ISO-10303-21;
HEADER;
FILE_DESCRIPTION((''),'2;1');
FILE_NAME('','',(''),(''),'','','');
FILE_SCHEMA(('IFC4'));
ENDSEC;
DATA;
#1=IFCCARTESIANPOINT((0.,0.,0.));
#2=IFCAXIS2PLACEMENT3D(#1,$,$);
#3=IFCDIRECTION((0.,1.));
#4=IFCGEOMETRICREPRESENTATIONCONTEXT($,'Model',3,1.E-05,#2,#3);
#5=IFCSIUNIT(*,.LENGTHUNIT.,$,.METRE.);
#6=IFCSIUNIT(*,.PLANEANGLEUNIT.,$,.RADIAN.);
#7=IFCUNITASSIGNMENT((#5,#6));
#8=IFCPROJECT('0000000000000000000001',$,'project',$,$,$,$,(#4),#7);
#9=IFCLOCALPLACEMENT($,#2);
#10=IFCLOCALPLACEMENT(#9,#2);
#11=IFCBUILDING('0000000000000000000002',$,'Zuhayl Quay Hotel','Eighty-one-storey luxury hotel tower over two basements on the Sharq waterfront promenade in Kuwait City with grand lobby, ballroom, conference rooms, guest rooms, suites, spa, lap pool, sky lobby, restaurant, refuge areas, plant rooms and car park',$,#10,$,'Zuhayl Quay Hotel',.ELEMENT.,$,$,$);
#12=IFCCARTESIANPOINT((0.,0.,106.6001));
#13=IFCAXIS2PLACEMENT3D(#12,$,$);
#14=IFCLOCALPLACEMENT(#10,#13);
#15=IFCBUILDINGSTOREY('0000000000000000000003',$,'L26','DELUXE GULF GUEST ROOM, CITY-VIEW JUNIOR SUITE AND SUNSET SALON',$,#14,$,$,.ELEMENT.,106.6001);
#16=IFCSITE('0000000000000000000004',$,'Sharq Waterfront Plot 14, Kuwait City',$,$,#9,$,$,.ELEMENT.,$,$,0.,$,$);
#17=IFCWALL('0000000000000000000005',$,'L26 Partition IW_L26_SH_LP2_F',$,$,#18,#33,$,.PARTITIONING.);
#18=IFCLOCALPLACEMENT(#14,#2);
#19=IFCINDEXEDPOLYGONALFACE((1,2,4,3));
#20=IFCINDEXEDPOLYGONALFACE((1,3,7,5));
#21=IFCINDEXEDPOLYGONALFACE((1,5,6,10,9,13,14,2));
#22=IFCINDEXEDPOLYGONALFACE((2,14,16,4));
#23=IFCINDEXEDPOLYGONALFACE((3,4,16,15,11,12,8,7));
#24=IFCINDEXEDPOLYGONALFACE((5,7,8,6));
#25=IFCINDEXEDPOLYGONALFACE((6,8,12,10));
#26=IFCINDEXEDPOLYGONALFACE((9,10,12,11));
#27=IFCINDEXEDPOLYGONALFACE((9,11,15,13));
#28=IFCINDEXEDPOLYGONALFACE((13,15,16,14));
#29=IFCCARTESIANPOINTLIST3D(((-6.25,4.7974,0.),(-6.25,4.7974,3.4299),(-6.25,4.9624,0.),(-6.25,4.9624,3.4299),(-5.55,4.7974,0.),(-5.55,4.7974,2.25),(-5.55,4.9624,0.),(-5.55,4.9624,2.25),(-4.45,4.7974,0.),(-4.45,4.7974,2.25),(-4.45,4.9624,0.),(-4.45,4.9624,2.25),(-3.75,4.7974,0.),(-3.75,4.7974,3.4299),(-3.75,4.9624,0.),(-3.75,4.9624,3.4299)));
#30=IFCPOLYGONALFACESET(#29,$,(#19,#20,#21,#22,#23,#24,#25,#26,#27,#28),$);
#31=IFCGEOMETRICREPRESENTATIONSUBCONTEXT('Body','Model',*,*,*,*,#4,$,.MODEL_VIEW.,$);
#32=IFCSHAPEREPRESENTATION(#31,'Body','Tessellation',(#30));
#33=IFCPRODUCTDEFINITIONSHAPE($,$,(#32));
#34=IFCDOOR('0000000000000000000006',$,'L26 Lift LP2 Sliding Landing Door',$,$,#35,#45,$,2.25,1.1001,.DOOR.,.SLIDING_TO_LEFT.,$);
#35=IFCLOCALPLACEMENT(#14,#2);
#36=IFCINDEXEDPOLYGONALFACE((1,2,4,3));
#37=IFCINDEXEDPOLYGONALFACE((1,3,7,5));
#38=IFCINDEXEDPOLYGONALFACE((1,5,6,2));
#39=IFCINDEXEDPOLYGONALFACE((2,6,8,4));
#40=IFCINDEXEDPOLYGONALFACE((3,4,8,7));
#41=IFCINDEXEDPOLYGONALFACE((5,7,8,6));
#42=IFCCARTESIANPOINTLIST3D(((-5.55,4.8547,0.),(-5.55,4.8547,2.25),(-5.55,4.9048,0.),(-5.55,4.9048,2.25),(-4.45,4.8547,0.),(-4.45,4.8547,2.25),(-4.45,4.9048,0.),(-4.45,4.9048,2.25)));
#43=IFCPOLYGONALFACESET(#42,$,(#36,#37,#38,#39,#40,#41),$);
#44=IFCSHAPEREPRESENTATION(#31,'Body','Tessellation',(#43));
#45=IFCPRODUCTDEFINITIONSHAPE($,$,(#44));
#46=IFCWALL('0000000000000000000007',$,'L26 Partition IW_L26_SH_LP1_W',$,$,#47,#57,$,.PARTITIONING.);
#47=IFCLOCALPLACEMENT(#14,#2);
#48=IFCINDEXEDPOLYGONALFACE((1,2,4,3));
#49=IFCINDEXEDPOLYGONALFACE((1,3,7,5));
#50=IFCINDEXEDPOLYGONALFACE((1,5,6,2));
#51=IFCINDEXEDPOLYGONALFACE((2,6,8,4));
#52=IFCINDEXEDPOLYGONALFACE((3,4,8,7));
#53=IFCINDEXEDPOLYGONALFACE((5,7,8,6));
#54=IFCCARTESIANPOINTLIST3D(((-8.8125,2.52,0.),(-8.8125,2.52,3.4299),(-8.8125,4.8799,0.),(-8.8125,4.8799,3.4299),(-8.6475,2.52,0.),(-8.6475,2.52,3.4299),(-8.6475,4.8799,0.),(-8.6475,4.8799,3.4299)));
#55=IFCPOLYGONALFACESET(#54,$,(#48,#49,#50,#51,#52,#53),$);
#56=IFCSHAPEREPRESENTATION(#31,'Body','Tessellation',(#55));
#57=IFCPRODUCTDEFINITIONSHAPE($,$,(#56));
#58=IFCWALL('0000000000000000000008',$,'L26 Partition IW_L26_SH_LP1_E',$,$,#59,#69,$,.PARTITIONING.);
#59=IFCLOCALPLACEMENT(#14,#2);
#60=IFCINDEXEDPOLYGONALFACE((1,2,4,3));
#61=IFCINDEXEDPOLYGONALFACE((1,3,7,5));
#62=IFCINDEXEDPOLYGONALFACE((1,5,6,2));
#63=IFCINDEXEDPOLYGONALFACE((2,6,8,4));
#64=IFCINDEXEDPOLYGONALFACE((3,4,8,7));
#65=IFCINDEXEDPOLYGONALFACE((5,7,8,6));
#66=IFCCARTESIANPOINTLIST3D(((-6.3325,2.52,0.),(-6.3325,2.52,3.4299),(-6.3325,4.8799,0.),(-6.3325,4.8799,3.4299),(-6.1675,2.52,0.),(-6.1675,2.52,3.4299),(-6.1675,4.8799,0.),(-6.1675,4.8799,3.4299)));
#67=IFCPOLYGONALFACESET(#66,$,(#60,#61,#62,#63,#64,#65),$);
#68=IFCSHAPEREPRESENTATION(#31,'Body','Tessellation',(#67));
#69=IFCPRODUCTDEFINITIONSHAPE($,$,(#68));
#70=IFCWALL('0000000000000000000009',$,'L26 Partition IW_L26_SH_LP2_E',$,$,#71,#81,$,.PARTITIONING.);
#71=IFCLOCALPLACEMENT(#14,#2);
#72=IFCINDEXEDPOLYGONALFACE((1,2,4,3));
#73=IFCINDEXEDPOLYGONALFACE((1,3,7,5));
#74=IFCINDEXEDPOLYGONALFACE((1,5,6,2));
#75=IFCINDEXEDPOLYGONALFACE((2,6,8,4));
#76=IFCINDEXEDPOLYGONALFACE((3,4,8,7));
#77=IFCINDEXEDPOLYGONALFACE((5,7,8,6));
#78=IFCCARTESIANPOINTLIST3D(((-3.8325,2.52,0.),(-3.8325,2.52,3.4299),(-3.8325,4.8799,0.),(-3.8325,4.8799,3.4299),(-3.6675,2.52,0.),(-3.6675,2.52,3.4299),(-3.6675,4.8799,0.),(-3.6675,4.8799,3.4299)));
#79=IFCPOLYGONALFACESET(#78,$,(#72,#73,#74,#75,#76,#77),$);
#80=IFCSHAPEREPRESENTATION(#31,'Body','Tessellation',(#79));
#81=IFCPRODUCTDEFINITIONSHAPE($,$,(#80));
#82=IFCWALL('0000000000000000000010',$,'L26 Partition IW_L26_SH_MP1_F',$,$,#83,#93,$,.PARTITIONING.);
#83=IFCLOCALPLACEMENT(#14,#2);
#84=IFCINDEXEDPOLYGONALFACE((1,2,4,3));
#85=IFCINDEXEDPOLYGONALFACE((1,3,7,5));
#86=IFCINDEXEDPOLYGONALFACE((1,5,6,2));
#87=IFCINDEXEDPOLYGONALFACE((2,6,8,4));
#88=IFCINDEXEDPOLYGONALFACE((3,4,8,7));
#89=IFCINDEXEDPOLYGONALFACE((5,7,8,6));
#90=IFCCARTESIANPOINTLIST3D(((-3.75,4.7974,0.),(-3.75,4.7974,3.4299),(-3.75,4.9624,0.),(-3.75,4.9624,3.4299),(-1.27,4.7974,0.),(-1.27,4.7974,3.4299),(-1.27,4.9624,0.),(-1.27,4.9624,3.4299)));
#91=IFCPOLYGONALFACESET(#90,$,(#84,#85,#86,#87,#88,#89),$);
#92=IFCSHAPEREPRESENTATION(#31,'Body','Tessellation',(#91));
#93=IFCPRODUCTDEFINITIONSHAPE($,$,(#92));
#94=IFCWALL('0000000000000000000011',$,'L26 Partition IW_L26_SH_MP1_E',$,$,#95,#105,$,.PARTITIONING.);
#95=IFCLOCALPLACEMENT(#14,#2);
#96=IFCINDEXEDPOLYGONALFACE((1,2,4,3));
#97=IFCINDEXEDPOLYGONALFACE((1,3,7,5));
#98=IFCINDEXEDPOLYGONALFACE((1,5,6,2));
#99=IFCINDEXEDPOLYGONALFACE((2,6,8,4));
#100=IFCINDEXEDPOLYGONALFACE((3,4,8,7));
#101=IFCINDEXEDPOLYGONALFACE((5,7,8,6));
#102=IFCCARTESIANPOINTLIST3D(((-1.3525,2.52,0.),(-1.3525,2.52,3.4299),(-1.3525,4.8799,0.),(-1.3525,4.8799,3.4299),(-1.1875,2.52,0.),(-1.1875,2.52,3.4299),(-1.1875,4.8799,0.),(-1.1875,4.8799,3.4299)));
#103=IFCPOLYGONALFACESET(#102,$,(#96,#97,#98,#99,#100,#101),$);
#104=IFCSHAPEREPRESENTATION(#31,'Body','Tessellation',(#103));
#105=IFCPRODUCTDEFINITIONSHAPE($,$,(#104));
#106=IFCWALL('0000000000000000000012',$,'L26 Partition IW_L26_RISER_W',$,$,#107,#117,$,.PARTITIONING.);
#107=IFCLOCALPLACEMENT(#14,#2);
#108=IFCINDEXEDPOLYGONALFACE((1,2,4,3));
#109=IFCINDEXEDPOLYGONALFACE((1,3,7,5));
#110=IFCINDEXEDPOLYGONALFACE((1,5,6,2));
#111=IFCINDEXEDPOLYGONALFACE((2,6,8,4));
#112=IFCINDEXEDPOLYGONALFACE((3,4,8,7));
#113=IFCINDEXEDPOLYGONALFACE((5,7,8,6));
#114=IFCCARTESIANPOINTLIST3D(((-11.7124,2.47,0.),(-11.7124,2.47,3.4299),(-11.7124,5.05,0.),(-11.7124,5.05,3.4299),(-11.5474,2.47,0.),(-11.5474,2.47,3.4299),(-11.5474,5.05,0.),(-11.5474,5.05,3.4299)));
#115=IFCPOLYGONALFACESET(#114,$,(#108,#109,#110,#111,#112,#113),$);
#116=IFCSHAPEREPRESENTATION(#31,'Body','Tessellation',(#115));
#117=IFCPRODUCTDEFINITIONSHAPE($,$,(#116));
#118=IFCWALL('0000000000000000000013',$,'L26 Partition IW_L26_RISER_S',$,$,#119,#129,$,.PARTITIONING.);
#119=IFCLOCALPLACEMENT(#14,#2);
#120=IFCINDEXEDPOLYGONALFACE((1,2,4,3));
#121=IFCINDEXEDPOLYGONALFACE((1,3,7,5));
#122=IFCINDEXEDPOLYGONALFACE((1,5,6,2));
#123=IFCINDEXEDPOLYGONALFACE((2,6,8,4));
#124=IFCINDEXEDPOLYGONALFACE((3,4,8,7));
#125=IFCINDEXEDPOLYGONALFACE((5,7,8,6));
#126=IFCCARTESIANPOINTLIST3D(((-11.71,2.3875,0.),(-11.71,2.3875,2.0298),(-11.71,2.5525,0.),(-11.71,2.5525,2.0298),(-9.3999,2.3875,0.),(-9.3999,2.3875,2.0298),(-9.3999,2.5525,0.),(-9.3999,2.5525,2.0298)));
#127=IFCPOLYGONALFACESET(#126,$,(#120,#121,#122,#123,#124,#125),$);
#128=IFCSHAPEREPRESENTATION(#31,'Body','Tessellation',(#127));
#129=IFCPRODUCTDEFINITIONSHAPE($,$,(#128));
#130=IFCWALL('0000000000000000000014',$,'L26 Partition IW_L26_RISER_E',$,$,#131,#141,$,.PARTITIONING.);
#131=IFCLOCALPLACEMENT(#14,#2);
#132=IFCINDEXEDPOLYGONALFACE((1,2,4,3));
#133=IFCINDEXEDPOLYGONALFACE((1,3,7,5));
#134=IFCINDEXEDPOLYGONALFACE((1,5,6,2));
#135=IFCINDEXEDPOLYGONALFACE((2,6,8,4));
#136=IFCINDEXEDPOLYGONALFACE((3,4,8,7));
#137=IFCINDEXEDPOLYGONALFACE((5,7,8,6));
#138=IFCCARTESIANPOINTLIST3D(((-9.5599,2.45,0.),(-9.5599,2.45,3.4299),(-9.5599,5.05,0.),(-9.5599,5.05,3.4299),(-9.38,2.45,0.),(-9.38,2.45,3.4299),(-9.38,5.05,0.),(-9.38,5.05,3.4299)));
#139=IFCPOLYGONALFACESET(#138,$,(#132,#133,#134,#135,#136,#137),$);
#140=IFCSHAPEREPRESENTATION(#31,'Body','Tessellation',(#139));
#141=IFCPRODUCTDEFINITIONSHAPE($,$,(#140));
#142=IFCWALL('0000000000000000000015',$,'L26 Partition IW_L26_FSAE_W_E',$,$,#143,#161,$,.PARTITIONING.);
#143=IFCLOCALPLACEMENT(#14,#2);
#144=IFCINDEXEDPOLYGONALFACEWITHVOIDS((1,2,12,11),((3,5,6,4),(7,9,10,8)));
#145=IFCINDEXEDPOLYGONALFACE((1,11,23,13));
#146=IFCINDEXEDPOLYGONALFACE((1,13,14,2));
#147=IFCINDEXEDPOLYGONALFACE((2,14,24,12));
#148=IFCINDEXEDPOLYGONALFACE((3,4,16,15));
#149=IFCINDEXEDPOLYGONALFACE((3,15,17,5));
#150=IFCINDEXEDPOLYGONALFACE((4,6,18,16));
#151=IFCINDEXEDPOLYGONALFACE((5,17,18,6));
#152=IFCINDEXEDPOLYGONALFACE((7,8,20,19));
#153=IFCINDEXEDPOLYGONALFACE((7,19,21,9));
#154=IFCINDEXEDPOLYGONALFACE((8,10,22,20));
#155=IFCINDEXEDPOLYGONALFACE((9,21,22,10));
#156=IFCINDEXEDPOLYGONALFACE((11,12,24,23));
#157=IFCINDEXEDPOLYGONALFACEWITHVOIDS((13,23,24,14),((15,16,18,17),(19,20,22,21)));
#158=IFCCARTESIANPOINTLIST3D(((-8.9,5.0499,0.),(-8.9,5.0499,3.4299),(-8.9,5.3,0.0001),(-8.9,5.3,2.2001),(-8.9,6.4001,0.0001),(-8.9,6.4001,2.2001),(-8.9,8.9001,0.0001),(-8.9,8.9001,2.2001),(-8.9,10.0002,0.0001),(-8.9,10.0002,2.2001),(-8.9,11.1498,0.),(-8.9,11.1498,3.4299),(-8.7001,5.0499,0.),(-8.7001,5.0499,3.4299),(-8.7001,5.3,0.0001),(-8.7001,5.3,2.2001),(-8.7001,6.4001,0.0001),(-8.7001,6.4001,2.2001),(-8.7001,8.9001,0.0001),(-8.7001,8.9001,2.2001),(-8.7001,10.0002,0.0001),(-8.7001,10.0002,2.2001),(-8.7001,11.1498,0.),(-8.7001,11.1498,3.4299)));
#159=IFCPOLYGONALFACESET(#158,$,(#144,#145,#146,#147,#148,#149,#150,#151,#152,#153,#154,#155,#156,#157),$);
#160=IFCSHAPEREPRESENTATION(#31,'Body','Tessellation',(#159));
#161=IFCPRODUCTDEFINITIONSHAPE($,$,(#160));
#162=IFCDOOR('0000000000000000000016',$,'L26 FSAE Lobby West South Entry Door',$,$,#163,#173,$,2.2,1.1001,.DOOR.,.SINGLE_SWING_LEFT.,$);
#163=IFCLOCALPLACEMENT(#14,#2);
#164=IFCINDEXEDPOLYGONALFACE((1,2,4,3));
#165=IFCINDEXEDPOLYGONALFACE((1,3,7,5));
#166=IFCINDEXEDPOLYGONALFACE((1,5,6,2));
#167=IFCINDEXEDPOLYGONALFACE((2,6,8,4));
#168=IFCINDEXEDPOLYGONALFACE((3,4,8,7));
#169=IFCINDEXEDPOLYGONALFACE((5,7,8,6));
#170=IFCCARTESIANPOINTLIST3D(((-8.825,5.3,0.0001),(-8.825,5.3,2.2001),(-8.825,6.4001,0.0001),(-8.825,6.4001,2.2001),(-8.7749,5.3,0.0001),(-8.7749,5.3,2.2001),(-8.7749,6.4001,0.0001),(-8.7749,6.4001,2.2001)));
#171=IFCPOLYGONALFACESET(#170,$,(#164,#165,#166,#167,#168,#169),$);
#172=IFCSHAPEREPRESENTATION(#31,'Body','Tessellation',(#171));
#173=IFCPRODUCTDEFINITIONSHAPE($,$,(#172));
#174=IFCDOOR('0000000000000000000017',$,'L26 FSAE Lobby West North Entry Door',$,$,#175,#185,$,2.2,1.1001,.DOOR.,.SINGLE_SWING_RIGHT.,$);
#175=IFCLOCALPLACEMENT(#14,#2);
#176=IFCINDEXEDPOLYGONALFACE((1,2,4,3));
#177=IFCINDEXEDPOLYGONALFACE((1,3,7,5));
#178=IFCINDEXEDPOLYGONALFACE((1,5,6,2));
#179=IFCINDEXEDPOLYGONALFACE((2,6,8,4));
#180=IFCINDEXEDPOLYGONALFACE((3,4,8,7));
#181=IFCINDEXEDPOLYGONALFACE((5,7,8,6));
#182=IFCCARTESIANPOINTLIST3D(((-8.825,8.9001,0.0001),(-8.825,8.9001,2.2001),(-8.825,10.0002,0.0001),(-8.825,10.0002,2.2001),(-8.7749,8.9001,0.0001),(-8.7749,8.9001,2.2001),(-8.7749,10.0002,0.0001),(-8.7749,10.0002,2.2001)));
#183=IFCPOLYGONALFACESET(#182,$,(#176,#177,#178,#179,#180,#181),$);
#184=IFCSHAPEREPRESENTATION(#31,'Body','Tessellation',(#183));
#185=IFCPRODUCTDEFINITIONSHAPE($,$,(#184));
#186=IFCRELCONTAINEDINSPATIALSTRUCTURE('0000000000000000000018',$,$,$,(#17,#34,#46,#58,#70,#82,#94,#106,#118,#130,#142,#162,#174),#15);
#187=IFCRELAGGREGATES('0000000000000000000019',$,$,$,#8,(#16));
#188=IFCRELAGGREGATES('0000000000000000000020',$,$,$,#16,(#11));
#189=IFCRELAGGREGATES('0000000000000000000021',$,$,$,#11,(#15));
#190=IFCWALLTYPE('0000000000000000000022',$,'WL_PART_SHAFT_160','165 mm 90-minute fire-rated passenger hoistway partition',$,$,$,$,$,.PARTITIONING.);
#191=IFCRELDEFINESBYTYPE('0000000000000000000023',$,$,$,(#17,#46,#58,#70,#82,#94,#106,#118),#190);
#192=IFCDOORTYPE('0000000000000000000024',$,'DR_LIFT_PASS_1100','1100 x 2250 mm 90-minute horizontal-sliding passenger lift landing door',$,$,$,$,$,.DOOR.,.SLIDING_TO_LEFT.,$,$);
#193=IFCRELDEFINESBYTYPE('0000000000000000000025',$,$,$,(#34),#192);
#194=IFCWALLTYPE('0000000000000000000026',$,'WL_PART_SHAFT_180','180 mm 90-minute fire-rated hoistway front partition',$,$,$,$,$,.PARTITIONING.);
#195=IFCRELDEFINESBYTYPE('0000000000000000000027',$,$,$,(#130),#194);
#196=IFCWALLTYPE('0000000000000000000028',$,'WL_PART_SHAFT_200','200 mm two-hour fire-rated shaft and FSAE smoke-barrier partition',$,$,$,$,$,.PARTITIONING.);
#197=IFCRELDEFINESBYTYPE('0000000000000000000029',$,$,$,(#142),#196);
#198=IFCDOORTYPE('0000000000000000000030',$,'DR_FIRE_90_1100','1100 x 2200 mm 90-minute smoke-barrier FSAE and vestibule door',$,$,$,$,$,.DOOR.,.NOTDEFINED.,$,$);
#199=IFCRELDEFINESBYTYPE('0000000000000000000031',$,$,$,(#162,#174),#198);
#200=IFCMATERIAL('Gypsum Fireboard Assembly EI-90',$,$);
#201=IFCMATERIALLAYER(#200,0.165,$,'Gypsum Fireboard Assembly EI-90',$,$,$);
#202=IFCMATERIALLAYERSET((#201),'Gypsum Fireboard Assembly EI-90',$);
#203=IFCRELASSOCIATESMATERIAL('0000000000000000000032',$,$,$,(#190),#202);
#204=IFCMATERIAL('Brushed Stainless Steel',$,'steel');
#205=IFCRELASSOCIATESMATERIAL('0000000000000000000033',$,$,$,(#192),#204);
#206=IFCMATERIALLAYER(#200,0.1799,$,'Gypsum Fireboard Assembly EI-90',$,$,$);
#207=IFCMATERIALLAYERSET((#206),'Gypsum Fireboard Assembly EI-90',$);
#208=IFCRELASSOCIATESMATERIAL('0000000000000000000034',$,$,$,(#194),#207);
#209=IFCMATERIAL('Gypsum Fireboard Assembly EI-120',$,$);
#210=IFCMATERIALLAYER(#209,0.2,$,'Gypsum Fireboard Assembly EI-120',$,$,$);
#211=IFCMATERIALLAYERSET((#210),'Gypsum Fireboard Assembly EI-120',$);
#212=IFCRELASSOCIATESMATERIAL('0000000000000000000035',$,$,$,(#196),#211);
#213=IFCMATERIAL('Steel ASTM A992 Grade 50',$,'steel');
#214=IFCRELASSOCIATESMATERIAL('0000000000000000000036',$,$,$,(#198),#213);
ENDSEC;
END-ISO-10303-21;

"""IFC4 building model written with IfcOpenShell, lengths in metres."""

from ifc_helpers import new_model, si_unit, direction, frame, frame_2d, origin, place, context, subcontext, project, spatial, rectangle, extrude, material, layer, layer_set, type_object, element, fill, save


model = new_model("IFC4")

# Units and contexts
model_context = context("Model", 3, precision=1e-05, world=origin(), true_north=direction((0.0, 1.0)))
body_context = subcontext(model_context, "Body", "Model", "MODEL_VIEW")
ifc_project = project(units=[si_unit("LENGTHUNIT", "METRE"), si_unit("PLANEANGLEUNIT", "RADIAN")], contexts=[model_context])

# Site, building, storey
site_placement = place(None, origin())
site = spatial("IfcSite", under=ifc_project, at=site_placement, Name="Sharq Waterfront Plot 14, Kuwait City", CompositionType="ELEMENT", RefElevation=0.0)
building_placement = place(site_placement, origin())
building = spatial("IfcBuilding", under=site, at=building_placement, Name="Zuhayl Quay Hotel", Description="Eighty-one-storey luxury hotel tower over two basements on the Sharq waterfront promenade in Kuwait City with grand lobby, ballroom, conference rooms, guest rooms, suites, spa, lap pool, sky lobby, restaurant, refuge areas, plant rooms and car park", LongName="Zuhayl Quay Hotel", CompositionType="ELEMENT")
storey_placement = place(building_placement, frame((0.0, 0.0, 106.6001)))
storey = spatial("IfcBuildingStorey", under=building, at=storey_placement, Name="L26", Description="DELUXE GULF GUEST ROOM, CITY-VIEW JUNIOR SUITE AND SUNSET SALON", CompositionType="ELEMENT", Elevation=106.6001)

# Shared definitions
ifc_material_1 = material(Name="Steel ASTM A992 Grade 50", Category="steel")

# Wall, opening, door
ifc_material_2 = material(Name="Gypsum Fireboard Assembly EI-90")
ifc_layer_1 = layer(ifc_material_2, 0.165, Name="Gypsum Fireboard Assembly EI-90")
ifc_layer_set_1 = layer_set([ifc_layer_1], Name="Gypsum Fireboard Assembly EI-90")
wall_type_1 = type_object("IfcWallType", Name="WL_PART_SHAFT_160", Description="165 mm 90-minute fire-rated passenger hoistway partition", PredefinedType="PARTITIONING", material=ifc_layer_set_1)
ifc_material_3 = material(Name="Brushed Stainless Steel", Category="steel")
door_type_1 = type_object("IfcDoorType", Name="DR_LIFT_PASS_1100", Description="1100 x 2250 mm 90-minute horizontal-sliding passenger lift landing door", OperationType="SLIDING_TO_LEFT", PredefinedType="DOOR", material=ifc_material_3)
wall_1_placement = place(storey_placement, frame((-6.25, 4.8799, 0.0), z_axis=(0.0, 0.0, 1.0), x_axis=(1.0, 0.0, 0.0)))
wall_1 = element("IfcWall", 1, at=wall_1_placement, inside=storey, type_object=wall_type_1, Name="L26 Partition IW_L26_SH_LP2_F", PredefinedType="PARTITIONING", context=body_context, shape_type="SweptSolid", body=[
    extrude(rectangle(XDim=2.5, YDim=0.165, at=frame_2d((1.25, 0.0))), origin(), (0.0, 0.0, 1.0), 3.4299),
])
opening_1_placement = place(wall_1_placement, frame((0.7, 0.0, 0.0)))
opening_1 = element("IfcOpeningElement", 2, at=opening_1_placement, cuts=wall_1, PredefinedType="OPENING", context=body_context, shape_type="SweptSolid", body=[
    extrude(rectangle(XDim=1.1001, YDim=2.25, at=frame_2d((0.55, 1.125))), frame((0.0, 0.0925, 0.0), z_axis=(0.0, -1.0, 0.0), x_axis=(1.0, 0.0, 0.0)), (0.0, 0.0, 1.0), 0.1851),
])
door_1_placement = place(opening_1_placement, origin())
door_1 = element("IfcDoor", 3, at=door_1_placement, inside=storey, type_object=door_type_1, Name="L26 Lift LP2 Sliding Landing Door", OperationType="SLIDING_TO_LEFT", OverallHeight=2.25, OverallWidth=1.1001, PredefinedType="DOOR", context=body_context, shape_type="SweptSolid", body=[
    extrude(rectangle(XDim=1.1001, YDim=2.25, at=frame_2d((0.55, 1.125))), frame((0.0, 0.0249, 0.0), z_axis=(0.0, -1.0, 0.0), x_axis=(1.0, 0.0, 0.0)), (0.0, 0.0, 1.0), 0.05),
])
fill(opening_1, door_1)

# Walls
for number, where, z_axis, x_axis, name in (
    (4, (-8.73, 2.52, 0.0), (0.0, 0.0, 1.0), (0.0, 1.0, 0.0), "L26 Partition IW_L26_SH_LP1_W"),
    (5, (-6.25, 2.52, 0.0), (0.0, 0.0, 1.0), (0.0, 1.0, 0.0), "L26 Partition IW_L26_SH_LP1_E"),
    (6, (-3.75, 2.52, 0.0), (0.0, 0.0, 1.0), (0.0, 1.0, 0.0), "L26 Partition IW_L26_SH_LP2_E"),
):
    element("IfcWall", number, at=place(storey_placement, frame(where, z_axis=z_axis, x_axis=x_axis)), inside=storey, type_object=wall_type_1, Name=name, PredefinedType="PARTITIONING", context=body_context, shape_type="SweptSolid", body=[
        extrude(rectangle(XDim=2.3599, YDim=0.165, at=frame_2d((1.1799, 0.0))), origin(), (0.0, 0.0, 1.0), 3.4299),
    ])
wall_2_placement = place(storey_placement, frame((-3.75, 4.8799, 0.0), z_axis=(0.0, 0.0, 1.0), x_axis=(1.0, 0.0, 0.0)))
element("IfcWall", 7, at=wall_2_placement, inside=storey, type_object=wall_type_1, Name="L26 Partition IW_L26_SH_MP1_F", PredefinedType="PARTITIONING", context=body_context, shape_type="SweptSolid", body=[
    extrude(rectangle(XDim=2.48, YDim=0.165, at=frame_2d((1.24, 0.0))), origin(), (0.0, 0.0, 1.0), 3.4299),
])
wall_3_placement = place(storey_placement, frame((-1.27, 2.52, 0.0), z_axis=(0.0, 0.0, 1.0), x_axis=(0.0, 1.0, 0.0)))
element("IfcWall", 8, at=wall_3_placement, inside=storey, type_object=wall_type_1, Name="L26 Partition IW_L26_SH_MP1_E", PredefinedType="PARTITIONING", context=body_context, shape_type="SweptSolid", body=[
    extrude(rectangle(XDim=2.3599, YDim=0.165, at=frame_2d((1.1799, 0.0))), origin(), (0.0, 0.0, 1.0), 3.4299),
])
wall_4_placement = place(storey_placement, frame((-11.6299, 2.47, 0.0), z_axis=(0.0, 0.0, 1.0), x_axis=(0.0, 1.0, 0.0)))
element("IfcWall", 9, at=wall_4_placement, inside=storey, type_object=wall_type_1, Name="L26 Partition IW_L26_RISER_W", PredefinedType="PARTITIONING", context=body_context, shape_type="SweptSolid", body=[
    extrude(rectangle(XDim=2.5801, YDim=0.165, at=frame_2d((1.29, 0.0))), origin(), (0.0, 0.0, 1.0), 3.4299),
])
wall_5_placement = place(storey_placement, frame((-11.71, 2.47, 0.0), z_axis=(0.0, 0.0, 1.0), x_axis=(1.0, 0.0, 0.0)))
element("IfcWall", 10, at=wall_5_placement, inside=storey, type_object=wall_type_1, Name="L26 Partition IW_L26_RISER_S", PredefinedType="PARTITIONING", context=body_context, shape_type="SweptSolid", body=[
    extrude(rectangle(XDim=2.3101, YDim=0.165, at=frame_2d((1.155, 0.0))), origin(), (0.0, 0.0, 1.0), 2.0298),
])
ifc_layer_2 = layer(ifc_material_2, 0.1799, Name="Gypsum Fireboard Assembly EI-90")
ifc_layer_set_2 = layer_set([ifc_layer_2], Name="Gypsum Fireboard Assembly EI-90")
wall_type_2 = type_object("IfcWallType", Name="WL_PART_SHAFT_180", Description="180 mm 90-minute fire-rated hoistway front partition", PredefinedType="PARTITIONING", material=ifc_layer_set_2)
wall_6_placement = place(storey_placement, frame((-9.47, 2.45, 0.0), z_axis=(0.0, 0.0, 1.0), x_axis=(0.0, 1.0, 0.0)))
element("IfcWall", 11, at=wall_6_placement, inside=storey, type_object=wall_type_2, Name="L26 Partition IW_L26_RISER_E", PredefinedType="PARTITIONING", context=body_context, shape_type="SweptSolid", body=[
    extrude(rectangle(XDim=2.6001, YDim=0.1799, at=frame_2d((1.3, 0.0))), origin(), (0.0, 0.0, 1.0), 3.4299),
])

# Wall, openings, doors
ifc_material_4 = material(Name="Gypsum Fireboard Assembly EI-120")
ifc_layer_3 = layer(ifc_material_4, 0.2, Name="Gypsum Fireboard Assembly EI-120")
ifc_layer_set_3 = layer_set([ifc_layer_3], Name="Gypsum Fireboard Assembly EI-120")
wall_type_3 = type_object("IfcWallType", Name="WL_PART_SHAFT_200", Description="200 mm two-hour fire-rated shaft and FSAE smoke-barrier partition", PredefinedType="PARTITIONING", material=ifc_layer_set_3)
wall_7_placement = place(storey_placement, frame((-8.8, 5.05, 0.0), z_axis=(0.0, 0.0, 1.0), x_axis=(0.0, 1.0, 0.0)))
wall_7 = element("IfcWall", 12, at=wall_7_placement, inside=storey, type_object=wall_type_3, Name="L26 Partition IW_L26_FSAE_W_E", PredefinedType="PARTITIONING", context=body_context, shape_type="SweptSolid", body=[
    extrude(rectangle(XDim=6.0999, YDim=0.2, at=frame_2d((3.0498, 0.0))), origin(), (0.0, 0.0, 1.0), 3.4299),
])
opening_2_placement = place(wall_7_placement, frame((0.25, 0.0, 0.0)))
opening_2 = element("IfcOpeningElement", 13, at=opening_2_placement, cuts=wall_7, PredefinedType="OPENING", context=body_context, shape_type="SweptSolid", body=[
    extrude(rectangle(XDim=1.1001, YDim=2.2, at=frame_2d((0.55, 1.1001))), frame((0.0, 0.1099, 0.0), z_axis=(0.0, -1.0, 0.0), x_axis=(1.0, 0.0, 0.0)), (0.0, 0.0, 1.0), 0.22),
])
opening_3_placement = place(wall_7_placement, frame((3.8501, 0.0, 0.0)))
opening_3 = element("IfcOpeningElement", 14, at=opening_3_placement, cuts=wall_7, PredefinedType="OPENING", context=body_context, shape_type="SweptSolid", body=[
    extrude(rectangle(XDim=1.1001, YDim=2.2, at=frame_2d((0.55, 1.1001))), frame((0.0, 0.1099, 0.0), z_axis=(0.0, -1.0, 0.0), x_axis=(1.0, 0.0, 0.0)), (0.0, 0.0, 1.0), 0.22),
])
door_type_2 = type_object("IfcDoorType", Name="DR_FIRE_90_1100", Description="1100 x 2200 mm 90-minute smoke-barrier FSAE and vestibule door", OperationType="NOTDEFINED", PredefinedType="DOOR", material=ifc_material_1)
door_2_placement = place(opening_2_placement, origin())
door_2 = element("IfcDoor", 15, at=door_2_placement, inside=storey, type_object=door_type_2, Name="L26 FSAE Lobby West South Entry Door", OperationType="SINGLE_SWING_LEFT", OverallHeight=2.2, OverallWidth=1.1001, PredefinedType="DOOR", context=body_context, shape_type="SweptSolid", body=[
    extrude(rectangle(XDim=1.1001, YDim=2.2, at=frame_2d((0.55, 1.1001))), frame((0.0, 0.0249, 0.0), z_axis=(0.0, -1.0, 0.0), x_axis=(1.0, 0.0, 0.0)), (0.0, 0.0, 1.0), 0.05),
])
fill(opening_2, door_2)
door_3_placement = place(opening_3_placement, origin())
door_3 = element("IfcDoor", 16, at=door_3_placement, inside=storey, type_object=door_type_2, Name="L26 FSAE Lobby West North Entry Door", OperationType="SINGLE_SWING_RIGHT", OverallHeight=2.2, OverallWidth=1.1001, PredefinedType="DOOR", context=body_context, shape_type="SweptSolid", body=[
    extrude(rectangle(XDim=1.1001, YDim=2.2, at=frame_2d((0.55, 1.1001))), frame((0.0, 0.0249, 0.0), z_axis=(0.0, -1.0, 0.0), x_axis=(1.0, 0.0, 0.0)), (0.0, 0.0, 1.0), 0.05),
])
fill(opening_3, door_3)

save(model, "model.ifc")
